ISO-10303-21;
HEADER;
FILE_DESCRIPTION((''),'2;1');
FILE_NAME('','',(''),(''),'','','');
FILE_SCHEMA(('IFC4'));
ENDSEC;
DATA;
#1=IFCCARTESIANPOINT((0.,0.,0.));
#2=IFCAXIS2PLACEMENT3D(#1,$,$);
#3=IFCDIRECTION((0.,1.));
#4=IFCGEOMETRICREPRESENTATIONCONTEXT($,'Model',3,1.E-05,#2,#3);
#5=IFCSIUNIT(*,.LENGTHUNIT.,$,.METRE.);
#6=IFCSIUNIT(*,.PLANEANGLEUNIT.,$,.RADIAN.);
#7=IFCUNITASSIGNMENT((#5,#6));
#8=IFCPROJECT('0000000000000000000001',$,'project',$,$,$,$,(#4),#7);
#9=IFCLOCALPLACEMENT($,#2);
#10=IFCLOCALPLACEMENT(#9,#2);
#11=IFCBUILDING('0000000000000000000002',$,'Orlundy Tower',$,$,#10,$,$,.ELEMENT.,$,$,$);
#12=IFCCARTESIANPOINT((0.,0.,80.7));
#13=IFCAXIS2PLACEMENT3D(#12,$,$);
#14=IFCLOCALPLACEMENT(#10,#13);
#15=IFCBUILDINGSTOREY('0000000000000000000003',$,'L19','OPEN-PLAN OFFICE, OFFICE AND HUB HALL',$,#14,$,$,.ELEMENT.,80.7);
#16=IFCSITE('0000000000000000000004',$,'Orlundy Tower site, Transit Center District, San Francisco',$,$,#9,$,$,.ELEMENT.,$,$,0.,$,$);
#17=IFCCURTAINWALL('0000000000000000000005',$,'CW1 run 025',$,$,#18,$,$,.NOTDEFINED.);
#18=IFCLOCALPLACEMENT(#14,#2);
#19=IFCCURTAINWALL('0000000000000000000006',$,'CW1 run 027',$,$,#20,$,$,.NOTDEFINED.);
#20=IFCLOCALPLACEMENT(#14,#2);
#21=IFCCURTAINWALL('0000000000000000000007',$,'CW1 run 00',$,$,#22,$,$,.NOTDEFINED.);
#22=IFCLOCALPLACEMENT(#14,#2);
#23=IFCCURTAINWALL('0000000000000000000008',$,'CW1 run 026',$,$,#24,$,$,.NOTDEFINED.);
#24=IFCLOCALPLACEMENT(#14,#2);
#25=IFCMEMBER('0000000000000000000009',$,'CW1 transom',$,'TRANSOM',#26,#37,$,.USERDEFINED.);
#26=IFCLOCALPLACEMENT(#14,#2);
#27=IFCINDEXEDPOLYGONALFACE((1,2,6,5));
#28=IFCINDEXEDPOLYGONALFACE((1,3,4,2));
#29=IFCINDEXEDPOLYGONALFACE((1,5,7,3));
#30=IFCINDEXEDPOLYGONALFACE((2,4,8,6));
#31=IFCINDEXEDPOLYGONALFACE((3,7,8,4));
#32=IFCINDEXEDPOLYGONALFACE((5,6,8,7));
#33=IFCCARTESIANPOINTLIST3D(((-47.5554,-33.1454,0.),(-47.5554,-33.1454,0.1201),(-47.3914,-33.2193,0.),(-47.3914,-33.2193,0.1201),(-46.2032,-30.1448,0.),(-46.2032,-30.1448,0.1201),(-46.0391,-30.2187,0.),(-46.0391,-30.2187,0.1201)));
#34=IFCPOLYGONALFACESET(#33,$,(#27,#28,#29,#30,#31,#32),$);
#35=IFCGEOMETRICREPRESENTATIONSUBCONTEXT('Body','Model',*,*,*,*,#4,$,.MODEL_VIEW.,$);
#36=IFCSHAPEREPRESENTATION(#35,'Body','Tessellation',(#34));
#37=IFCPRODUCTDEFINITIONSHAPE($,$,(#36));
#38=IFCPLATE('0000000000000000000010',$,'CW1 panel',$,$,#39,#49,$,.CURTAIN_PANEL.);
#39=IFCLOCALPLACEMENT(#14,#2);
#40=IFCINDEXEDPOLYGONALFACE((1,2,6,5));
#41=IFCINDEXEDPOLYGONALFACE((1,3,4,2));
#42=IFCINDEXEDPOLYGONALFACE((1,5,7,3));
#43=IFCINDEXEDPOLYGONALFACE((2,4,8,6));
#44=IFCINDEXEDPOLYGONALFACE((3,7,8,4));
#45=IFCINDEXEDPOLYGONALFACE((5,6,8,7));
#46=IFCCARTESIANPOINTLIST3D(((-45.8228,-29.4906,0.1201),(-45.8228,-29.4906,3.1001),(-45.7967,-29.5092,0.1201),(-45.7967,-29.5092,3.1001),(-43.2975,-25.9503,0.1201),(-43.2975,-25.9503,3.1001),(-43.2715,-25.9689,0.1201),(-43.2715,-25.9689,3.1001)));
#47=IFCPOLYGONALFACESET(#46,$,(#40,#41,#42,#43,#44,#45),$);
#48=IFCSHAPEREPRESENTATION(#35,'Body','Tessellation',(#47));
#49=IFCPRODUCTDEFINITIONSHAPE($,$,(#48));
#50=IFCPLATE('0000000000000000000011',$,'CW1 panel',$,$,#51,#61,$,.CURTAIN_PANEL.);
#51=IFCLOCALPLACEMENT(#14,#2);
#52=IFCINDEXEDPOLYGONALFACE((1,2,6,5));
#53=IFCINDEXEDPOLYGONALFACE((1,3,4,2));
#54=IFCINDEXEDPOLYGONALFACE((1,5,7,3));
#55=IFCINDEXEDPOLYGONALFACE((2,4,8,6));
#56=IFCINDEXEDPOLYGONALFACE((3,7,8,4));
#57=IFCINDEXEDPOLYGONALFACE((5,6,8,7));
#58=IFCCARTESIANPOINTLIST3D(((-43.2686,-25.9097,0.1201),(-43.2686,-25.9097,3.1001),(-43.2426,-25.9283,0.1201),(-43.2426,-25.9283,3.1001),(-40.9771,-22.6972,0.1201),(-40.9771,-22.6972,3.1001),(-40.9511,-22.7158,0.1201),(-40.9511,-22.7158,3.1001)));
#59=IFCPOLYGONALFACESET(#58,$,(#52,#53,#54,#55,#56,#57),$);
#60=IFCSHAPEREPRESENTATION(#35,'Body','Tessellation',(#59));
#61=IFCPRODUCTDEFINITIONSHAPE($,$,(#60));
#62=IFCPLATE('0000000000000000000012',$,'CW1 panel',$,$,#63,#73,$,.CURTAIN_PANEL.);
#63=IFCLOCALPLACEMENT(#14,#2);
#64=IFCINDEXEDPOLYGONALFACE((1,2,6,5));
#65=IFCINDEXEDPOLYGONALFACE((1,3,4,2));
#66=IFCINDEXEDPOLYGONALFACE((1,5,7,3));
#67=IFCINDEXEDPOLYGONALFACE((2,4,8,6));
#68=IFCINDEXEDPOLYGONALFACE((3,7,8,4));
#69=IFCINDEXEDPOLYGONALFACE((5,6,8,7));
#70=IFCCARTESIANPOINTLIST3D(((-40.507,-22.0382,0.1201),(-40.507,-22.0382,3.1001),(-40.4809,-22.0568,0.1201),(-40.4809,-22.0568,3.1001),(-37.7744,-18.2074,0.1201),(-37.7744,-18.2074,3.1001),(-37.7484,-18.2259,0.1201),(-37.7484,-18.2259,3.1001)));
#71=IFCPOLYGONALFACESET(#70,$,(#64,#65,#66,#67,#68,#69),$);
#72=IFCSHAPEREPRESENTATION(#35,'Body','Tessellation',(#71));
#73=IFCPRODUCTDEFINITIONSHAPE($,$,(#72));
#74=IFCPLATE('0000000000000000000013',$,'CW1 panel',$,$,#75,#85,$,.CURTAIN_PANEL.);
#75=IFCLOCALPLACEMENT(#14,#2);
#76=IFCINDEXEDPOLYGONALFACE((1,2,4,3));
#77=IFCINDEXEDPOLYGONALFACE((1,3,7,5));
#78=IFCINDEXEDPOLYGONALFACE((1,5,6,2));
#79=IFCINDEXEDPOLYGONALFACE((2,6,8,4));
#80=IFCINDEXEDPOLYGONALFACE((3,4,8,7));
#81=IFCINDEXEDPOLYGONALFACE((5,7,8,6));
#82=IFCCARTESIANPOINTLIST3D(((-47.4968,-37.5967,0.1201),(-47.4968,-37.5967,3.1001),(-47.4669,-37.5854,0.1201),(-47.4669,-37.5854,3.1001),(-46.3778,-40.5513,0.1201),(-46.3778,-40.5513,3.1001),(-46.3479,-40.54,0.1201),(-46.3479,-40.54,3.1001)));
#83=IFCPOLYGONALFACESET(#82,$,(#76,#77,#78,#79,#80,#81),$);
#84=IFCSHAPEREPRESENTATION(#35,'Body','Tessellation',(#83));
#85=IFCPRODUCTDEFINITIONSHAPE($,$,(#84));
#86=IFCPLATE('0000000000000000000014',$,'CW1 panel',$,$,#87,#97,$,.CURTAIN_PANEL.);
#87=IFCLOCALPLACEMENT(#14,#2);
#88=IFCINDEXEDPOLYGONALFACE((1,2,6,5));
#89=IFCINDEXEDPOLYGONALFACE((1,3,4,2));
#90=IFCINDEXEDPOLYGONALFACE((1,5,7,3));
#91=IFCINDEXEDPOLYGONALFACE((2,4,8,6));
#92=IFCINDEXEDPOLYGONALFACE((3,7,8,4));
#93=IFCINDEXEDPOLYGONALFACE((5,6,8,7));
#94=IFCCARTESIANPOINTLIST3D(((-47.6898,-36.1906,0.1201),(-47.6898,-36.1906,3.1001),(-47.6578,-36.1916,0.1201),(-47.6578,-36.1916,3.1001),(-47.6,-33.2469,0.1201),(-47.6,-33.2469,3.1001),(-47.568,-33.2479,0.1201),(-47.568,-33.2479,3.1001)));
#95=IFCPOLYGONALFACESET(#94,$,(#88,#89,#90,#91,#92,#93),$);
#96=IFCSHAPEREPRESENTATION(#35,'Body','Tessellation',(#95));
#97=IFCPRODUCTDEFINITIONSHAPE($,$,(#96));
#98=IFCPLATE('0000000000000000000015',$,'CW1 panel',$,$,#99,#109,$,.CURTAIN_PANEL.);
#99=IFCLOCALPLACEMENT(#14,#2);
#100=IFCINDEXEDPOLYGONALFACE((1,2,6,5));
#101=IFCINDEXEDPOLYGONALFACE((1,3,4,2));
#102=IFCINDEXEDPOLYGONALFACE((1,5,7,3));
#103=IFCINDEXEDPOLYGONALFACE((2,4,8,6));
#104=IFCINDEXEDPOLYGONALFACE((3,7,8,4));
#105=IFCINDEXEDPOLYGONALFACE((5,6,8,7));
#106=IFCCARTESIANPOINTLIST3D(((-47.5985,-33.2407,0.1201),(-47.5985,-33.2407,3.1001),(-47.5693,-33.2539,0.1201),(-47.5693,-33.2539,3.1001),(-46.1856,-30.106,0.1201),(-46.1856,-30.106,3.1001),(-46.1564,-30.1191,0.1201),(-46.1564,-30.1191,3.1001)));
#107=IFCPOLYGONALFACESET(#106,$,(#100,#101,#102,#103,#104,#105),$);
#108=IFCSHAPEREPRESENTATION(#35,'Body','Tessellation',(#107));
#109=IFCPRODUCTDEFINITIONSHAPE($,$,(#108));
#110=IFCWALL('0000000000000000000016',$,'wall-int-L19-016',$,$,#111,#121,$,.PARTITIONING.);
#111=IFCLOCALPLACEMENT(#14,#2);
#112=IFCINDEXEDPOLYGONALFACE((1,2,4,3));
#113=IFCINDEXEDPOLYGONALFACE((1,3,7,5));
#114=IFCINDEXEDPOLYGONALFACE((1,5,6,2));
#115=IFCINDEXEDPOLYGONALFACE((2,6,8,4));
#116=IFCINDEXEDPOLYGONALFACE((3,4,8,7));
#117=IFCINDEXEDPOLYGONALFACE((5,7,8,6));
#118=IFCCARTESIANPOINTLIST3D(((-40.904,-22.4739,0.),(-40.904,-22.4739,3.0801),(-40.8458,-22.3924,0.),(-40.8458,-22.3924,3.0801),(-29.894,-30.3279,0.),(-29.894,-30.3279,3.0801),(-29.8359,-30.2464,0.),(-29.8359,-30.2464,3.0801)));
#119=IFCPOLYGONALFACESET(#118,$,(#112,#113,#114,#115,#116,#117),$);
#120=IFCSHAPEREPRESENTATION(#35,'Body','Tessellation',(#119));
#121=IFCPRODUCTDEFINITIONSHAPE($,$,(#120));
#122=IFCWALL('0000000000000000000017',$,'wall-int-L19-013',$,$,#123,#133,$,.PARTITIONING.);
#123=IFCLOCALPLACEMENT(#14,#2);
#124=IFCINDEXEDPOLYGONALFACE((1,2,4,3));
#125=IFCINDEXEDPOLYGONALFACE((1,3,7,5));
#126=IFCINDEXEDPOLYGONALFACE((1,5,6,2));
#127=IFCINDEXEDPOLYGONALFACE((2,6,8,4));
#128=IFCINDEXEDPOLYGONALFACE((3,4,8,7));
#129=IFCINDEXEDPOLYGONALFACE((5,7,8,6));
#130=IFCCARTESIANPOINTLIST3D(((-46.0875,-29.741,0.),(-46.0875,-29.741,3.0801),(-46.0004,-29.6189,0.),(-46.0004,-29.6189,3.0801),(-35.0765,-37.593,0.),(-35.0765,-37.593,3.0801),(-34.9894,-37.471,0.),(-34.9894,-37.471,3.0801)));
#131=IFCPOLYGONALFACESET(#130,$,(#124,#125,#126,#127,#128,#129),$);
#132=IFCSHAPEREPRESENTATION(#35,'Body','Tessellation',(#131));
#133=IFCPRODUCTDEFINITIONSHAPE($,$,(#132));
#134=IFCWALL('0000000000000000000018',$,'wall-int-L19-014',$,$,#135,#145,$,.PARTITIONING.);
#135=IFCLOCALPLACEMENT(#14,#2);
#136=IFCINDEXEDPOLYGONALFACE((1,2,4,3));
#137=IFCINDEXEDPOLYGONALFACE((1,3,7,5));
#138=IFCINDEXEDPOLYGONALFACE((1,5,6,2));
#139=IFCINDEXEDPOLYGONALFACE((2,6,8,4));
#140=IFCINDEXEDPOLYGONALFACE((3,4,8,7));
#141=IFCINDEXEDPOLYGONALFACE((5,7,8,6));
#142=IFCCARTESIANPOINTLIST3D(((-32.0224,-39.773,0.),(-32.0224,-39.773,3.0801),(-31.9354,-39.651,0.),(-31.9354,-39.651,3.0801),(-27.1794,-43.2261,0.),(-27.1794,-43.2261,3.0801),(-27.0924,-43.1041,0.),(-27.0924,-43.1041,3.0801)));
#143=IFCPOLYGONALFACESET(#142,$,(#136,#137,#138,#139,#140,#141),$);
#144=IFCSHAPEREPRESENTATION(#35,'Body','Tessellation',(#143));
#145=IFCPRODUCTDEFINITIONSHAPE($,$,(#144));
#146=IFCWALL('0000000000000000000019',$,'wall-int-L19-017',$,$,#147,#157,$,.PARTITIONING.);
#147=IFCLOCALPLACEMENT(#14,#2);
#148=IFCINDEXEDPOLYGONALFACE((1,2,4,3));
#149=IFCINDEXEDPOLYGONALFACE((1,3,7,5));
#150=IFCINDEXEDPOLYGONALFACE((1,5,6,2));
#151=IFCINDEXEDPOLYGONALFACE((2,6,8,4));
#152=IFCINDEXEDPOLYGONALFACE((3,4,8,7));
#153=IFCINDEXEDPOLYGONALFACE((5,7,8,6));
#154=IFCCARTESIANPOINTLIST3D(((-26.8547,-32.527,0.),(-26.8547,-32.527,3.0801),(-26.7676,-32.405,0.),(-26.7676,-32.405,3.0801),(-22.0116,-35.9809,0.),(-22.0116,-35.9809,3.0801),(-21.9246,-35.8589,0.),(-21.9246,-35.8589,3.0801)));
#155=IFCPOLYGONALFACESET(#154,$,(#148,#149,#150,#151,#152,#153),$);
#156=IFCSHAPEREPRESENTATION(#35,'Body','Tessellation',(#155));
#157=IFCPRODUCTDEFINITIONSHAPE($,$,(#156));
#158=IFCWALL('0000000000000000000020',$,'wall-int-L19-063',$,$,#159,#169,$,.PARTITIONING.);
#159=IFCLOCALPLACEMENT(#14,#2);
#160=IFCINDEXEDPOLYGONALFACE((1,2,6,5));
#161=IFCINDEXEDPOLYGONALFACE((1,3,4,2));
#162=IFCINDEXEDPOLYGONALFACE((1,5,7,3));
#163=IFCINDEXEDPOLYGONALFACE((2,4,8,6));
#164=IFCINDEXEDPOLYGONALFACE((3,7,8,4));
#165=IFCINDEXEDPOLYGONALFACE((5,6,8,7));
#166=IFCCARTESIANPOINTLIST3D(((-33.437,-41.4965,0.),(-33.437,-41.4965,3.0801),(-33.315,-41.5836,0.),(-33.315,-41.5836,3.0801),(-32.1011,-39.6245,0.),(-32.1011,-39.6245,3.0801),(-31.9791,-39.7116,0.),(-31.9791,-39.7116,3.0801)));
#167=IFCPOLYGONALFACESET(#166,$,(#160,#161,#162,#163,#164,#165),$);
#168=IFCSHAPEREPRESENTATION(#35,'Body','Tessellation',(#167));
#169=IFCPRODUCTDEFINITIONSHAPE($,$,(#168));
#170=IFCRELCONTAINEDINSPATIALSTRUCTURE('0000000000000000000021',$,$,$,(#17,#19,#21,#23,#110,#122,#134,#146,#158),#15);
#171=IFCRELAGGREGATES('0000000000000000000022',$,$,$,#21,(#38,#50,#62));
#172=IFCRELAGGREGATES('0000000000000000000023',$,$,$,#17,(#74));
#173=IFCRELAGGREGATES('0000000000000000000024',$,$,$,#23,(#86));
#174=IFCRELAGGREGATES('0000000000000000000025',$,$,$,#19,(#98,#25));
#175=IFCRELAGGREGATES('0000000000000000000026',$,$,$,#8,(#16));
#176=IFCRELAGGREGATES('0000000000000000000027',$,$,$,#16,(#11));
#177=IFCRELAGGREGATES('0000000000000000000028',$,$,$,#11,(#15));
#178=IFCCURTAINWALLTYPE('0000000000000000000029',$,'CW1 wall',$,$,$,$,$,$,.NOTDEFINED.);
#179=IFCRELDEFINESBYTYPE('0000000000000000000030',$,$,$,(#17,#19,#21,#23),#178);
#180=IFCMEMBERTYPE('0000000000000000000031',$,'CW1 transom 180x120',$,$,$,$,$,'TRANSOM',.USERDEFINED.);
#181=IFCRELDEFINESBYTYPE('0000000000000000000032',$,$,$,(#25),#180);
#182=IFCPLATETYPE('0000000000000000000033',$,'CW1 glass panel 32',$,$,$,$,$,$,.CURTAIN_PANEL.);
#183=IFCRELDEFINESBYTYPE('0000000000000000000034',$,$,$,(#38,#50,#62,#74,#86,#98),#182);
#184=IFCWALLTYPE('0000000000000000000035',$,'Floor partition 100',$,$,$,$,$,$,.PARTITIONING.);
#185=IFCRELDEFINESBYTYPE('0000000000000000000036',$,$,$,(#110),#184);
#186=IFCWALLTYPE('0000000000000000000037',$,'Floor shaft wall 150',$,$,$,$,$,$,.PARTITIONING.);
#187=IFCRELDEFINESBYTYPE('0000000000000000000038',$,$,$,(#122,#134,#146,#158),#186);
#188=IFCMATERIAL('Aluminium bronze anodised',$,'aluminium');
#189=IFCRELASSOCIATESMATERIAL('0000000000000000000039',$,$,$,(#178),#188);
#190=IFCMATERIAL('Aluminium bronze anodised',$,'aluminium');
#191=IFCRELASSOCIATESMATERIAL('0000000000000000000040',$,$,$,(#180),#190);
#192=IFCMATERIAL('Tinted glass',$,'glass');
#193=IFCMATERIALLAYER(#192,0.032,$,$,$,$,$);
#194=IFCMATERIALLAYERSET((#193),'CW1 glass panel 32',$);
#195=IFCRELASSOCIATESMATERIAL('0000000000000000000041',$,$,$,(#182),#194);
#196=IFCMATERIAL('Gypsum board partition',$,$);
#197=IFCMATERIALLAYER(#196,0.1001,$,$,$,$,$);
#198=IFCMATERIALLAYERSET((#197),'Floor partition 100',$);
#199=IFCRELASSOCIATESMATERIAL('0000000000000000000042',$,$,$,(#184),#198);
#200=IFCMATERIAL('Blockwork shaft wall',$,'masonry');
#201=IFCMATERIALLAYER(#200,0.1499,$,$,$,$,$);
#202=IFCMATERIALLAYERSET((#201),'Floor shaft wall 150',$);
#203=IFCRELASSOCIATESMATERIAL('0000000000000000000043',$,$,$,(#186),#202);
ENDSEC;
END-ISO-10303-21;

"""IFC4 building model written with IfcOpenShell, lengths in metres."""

from ifc_helpers import new_model, si_unit, direction, frame, frame_2d, origin, origin_2d, place, context, subcontext, project, spatial, rectangle, extrude, material, layer, layer_set, material_profile, profile_set, type_object, element, aggregate, save


model = new_model("IFC4")

# Units and contexts
model_context = context("Model", 3, precision=1e-05, world=origin(), true_north=direction((0.0, 1.0)))
body_context = subcontext(model_context, "Body", "Model", "MODEL_VIEW")
ifc_project = project(units=[si_unit("LENGTHUNIT", "METRE"), si_unit("PLANEANGLEUNIT", "RADIAN")], contexts=[model_context])

# Site, building, storey
site_placement = place(None, origin())
site = spatial("IfcSite", under=ifc_project, at=site_placement, Name="Orlundy Tower site, Transit Center District, San Francisco", CompositionType="ELEMENT", RefElevation=0.0)
building_placement = place(site_placement, origin())
building = spatial("IfcBuilding", under=site, at=building_placement, Name="Orlundy Tower", CompositionType="ELEMENT")
storey_placement = place(building_placement, frame((0.0, 0.0, 80.7)))
storey = spatial("IfcBuildingStorey", under=building, at=storey_placement, Name="L19", Description="OPEN-PLAN OFFICE, OFFICE AND HUB HALL", CompositionType="ELEMENT", Elevation=80.7)

# Curtain walls
ifc_material_1 = material(Name="Aluminium bronze anodised", Category="aluminium")
curtain_wall_type = type_object("IfcCurtainWallType", Name="CW1 wall", PredefinedType="NOTDEFINED", material=ifc_material_1)
curtain_wall_1_placement = place(storey_placement, origin())
curtain_wall_1 = element("IfcCurtainWall", 1, at=curtain_wall_1_placement, inside=storey, type_object=curtain_wall_type, Name="CW1 run 025", PredefinedType="NOTDEFINED")
curtain_wall_2_placement = place(storey_placement, origin())
curtain_wall_2 = element("IfcCurtainWall", 2, at=curtain_wall_2_placement, inside=storey, type_object=curtain_wall_type, Name="CW1 run 027", PredefinedType="NOTDEFINED")

# Curtain wall
curtain_wall_3_placement = place(storey_placement, origin())
curtain_wall_3 = element("IfcCurtainWall", 3, at=curtain_wall_3_placement, inside=storey, type_object=curtain_wall_type, Name="CW1 run 00", PredefinedType="NOTDEFINED")
ifc_material_2 = material(Name="Aluminium bronze anodised", Category="aluminium")
ifc_material_profile_1 = material_profile(ifc_material_2, rectangle(XDim=0.1799, YDim=0.1201, at=origin_2d()), Name="CW1 transom 180x120")
ifc_profile_set_1 = profile_set([ifc_material_profile_1], Name="Aluminium bronze anodised")
member_type_1 = type_object("IfcMemberType", Name="CW1 transom 180x120", ElementType="TRANSOM", PredefinedType="USERDEFINED", material=ifc_profile_set_1)

# Curtain wall
curtain_wall_4_placement = place(storey_placement, origin())
curtain_wall_4 = element("IfcCurtainWall", 4, at=curtain_wall_4_placement, inside=storey, type_object=curtain_wall_type, Name="CW1 run 026", PredefinedType="NOTDEFINED")

# Member
member_1_placement = place(storey_placement, frame((-47.4734, -33.1824, 0.0601), z_axis=(0.410861, 0.911698, 0.0), x_axis=(-0.911698, 0.410861, 0.0)))
member_1 = element("IfcMember", 5, at=member_1_placement, type_object=member_type_1, Name="CW1 transom", ObjectType="TRANSOM", PredefinedType="USERDEFINED", context=body_context, shape_type="SweptSolid", body=[
    extrude(rectangle(XDim=0.1799, YDim=0.1201, at=origin_2d()), origin(), (0.0, 0.0, 1.0), 3.2913),
])

# Plates
ifc_material_3 = material(Name="Tinted glass", Category="glass")
ifc_layer_1 = layer(ifc_material_3, 0.032)
ifc_layer_set_1 = layer_set([ifc_layer_1], Name="CW1 glass panel 32")
plate_type = type_object("IfcPlateType", Name="CW1 glass panel 32", PredefinedType="CURTAIN_PANEL", material=ifc_layer_set_1)
plate_1_placement = place(storey_placement, frame((-44.5471, -27.7297, 0.1201), z_axis=(0.0, 0.0, 1.0), x_axis=(0.580701, 0.814117, 0.0)))
plate_1 = element("IfcPlate", 6, at=plate_1_placement, type_object=plate_type, Name="CW1 panel", PredefinedType="CURTAIN_PANEL", context=body_context, shape_type="SweptSolid", body=[
    extrude(rectangle(XDim=4.3486, YDim=0.032, at=origin_2d()), origin(), (0.0, 0.0, 1.0), 2.98),
])
plate_2_placement = place(storey_placement, frame((-42.1099, -24.3127, 0.1201), z_axis=(0.0, 0.0, 1.0), x_axis=(0.580701, 0.814117, 0.0)))
plate_2 = element("IfcPlate", 7, at=plate_2_placement, type_object=plate_type, Name="CW1 panel", PredefinedType="CURTAIN_PANEL", context=body_context, shape_type="SweptSolid", body=[
    extrude(rectangle(XDim=3.946, YDim=0.032, at=origin_2d()), origin(), (0.0, 0.0, 1.0), 2.98),
])
plate_3_placement = place(storey_placement, frame((-39.1277, -20.1321, 0.1201), z_axis=(0.0, 0.0, 1.0), x_axis=(0.580701, 0.814117, 0.0)))
plate_3 = element("IfcPlate", 8, at=plate_3_placement, type_object=plate_type, Name="CW1 panel", PredefinedType="CURTAIN_PANEL", context=body_context, shape_type="SweptSolid", body=[
    extrude(rectangle(XDim=4.7056, YDim=0.032, at=origin_2d()), origin(), (0.0, 0.0, 1.0), 2.98),
])
aggregate(curtain_wall_3, [plate_1, plate_2, plate_3])
plate_4_placement = place(storey_placement, frame((-46.9224, -39.0684, 0.1201), z_axis=(0.0, 0.0, 1.0), x_axis=(-0.354166, 0.935182, 0.0)))
plate_4 = element("IfcPlate", 9, at=plate_4_placement, type_object=plate_type, Name="CW1 panel", PredefinedType="CURTAIN_PANEL", context=body_context, shape_type="SweptSolid", body=[
    extrude(rectangle(XDim=3.1594, YDim=0.032, at=origin_2d()), origin(), (0.0, 0.0, 1.0), 2.98),
])
aggregate(curtain_wall_1, [plate_4])
plate_5_placement = place(storey_placement, frame((-47.6289, -34.7192, 0.1201), z_axis=(0.0, 0.0, 1.0), x_axis=(0.030485, 0.999535, 0.0)))
plate_5 = element("IfcPlate", 10, at=plate_5_placement, type_object=plate_type, Name="CW1 panel", PredefinedType="CURTAIN_PANEL", context=body_context, shape_type="SweptSolid", body=[
    extrude(rectangle(XDim=2.9451, YDim=0.032, at=origin_2d()), origin(), (0.0, 0.0, 1.0), 2.98),
])
aggregate(curtain_wall_4, [plate_5])
plate_6_placement = place(storey_placement, frame((-46.8774, -31.6799, 0.1201), z_axis=(0.0, 0.0, 1.0), x_axis=(0.410914, 0.911674, 0.0)))
plate_6 = element("IfcPlate", 11, at=plate_6_placement, type_object=plate_type, Name="CW1 panel", PredefinedType="CURTAIN_PANEL", context=body_context, shape_type="SweptSolid", body=[
    extrude(rectangle(XDim=3.4385, YDim=0.032, at=origin_2d()), origin(), (0.0, 0.0, 1.0), 2.98),
])
aggregate(curtain_wall_2, [plate_6, member_1])

# Walls
ifc_material_4 = material(Name="Gypsum board partition")
ifc_layer_2 = layer(ifc_material_4, 0.1001)
ifc_layer_set_2 = layer_set([ifc_layer_2], Name="Floor partition 100")
wall_type_1 = type_object("IfcWallType", Name="Floor partition 100", PredefinedType="PARTITIONING", material=ifc_layer_set_2)
wall_1_placement = place(storey_placement, frame((-40.875, -22.4331, 0.0), z_axis=(0.0, 0.0, 1.0), x_axis=(0.814093, -0.580734, 0.0)))
element("IfcWall", 12, at=wall_1_placement, inside=storey, type_object=wall_type_1, Name="wall-int-L19-016", PredefinedType="PARTITIONING", context=body_context, shape_type="SweptSolid", body=[
    extrude(rectangle(XDim=13.5242, YDim=0.1001, at=frame_2d((6.7622, 0.0))), origin(), (0.0, 0.0, 1.0), 3.0801),
])
ifc_material_5 = material(Name="Blockwork shaft wall", Category="masonry")
ifc_layer_3 = layer(ifc_material_5, 0.1499)
ifc_layer_set_3 = layer_set([ifc_layer_3], Name="Floor shaft wall 150")
wall_type_2 = type_object("IfcWallType", Name="Floor shaft wall 150", PredefinedType="PARTITIONING", material=ifc_layer_set_3)
wall_2_placement = place(storey_placement, frame((-46.0439, -29.6799, 0.0), z_axis=(0.0, 0.0, 1.0), x_axis=(0.814186, -0.580604, 0.0)))
element("IfcWall", 13, at=wall_2_placement, inside=storey, type_object=wall_type_2, Name="wall-int-L19-013", PredefinedType="PARTITIONING", context=body_context, shape_type="SweptSolid", body=[
    extrude(rectangle(XDim=13.5239, YDim=0.1499, at=frame_2d((6.762, 0.0))), origin(), (0.0, 0.0, 1.0), 3.0801),
])
wall_3_placement = place(storey_placement, frame((-31.979, -39.7119, 0.0), z_axis=(0.0, 0.0, 1.0), x_axis=(0.814224, -0.580551, 0.0)))
element("IfcWall", 14, at=wall_3_placement, inside=storey, type_object=wall_type_2, Name="wall-int-L19-014", PredefinedType="PARTITIONING", context=body_context, shape_type="SweptSolid", body=[
    extrude(rectangle(XDim=5.948, YDim=0.1499, at=frame_2d((2.9741, 0.0))), origin(), (0.0, 0.0, 1.0), 3.0801),
])
wall_4_placement = place(storey_placement, frame((-26.811, -32.4661, 0.0), z_axis=(0.0, 0.0, 1.0), x_axis=(0.814166, -0.580632, 0.0)))
element("IfcWall", 15, at=wall_4_placement, inside=storey, type_object=wall_type_2, Name="wall-int-L19-017", PredefinedType="PARTITIONING", context=body_context, shape_type="SweptSolid", body=[
    extrude(rectangle(XDim=5.9485, YDim=0.1499, at=frame_2d((2.9741, 0.0))), origin(), (0.0, 0.0, 1.0), 3.0801),
])
wall_5_placement = place(storey_placement, frame((-33.376, -41.54, 0.0), z_axis=(0.0, 0.0, 1.0), x_axis=(0.580877, 0.813992, 0.0)))
element("IfcWall", 16, at=wall_5_placement, inside=storey, type_object=wall_type_2, Name="wall-int-L19-063", PredefinedType="PARTITIONING", context=body_context, shape_type="SweptSolid", body=[
    extrude(rectangle(XDim=2.2998, YDim=0.1499, at=frame_2d((1.1499, 0.0))), origin(), (0.0, 0.0, 1.0), 3.0801),
])

save(model, "model.ifc")
